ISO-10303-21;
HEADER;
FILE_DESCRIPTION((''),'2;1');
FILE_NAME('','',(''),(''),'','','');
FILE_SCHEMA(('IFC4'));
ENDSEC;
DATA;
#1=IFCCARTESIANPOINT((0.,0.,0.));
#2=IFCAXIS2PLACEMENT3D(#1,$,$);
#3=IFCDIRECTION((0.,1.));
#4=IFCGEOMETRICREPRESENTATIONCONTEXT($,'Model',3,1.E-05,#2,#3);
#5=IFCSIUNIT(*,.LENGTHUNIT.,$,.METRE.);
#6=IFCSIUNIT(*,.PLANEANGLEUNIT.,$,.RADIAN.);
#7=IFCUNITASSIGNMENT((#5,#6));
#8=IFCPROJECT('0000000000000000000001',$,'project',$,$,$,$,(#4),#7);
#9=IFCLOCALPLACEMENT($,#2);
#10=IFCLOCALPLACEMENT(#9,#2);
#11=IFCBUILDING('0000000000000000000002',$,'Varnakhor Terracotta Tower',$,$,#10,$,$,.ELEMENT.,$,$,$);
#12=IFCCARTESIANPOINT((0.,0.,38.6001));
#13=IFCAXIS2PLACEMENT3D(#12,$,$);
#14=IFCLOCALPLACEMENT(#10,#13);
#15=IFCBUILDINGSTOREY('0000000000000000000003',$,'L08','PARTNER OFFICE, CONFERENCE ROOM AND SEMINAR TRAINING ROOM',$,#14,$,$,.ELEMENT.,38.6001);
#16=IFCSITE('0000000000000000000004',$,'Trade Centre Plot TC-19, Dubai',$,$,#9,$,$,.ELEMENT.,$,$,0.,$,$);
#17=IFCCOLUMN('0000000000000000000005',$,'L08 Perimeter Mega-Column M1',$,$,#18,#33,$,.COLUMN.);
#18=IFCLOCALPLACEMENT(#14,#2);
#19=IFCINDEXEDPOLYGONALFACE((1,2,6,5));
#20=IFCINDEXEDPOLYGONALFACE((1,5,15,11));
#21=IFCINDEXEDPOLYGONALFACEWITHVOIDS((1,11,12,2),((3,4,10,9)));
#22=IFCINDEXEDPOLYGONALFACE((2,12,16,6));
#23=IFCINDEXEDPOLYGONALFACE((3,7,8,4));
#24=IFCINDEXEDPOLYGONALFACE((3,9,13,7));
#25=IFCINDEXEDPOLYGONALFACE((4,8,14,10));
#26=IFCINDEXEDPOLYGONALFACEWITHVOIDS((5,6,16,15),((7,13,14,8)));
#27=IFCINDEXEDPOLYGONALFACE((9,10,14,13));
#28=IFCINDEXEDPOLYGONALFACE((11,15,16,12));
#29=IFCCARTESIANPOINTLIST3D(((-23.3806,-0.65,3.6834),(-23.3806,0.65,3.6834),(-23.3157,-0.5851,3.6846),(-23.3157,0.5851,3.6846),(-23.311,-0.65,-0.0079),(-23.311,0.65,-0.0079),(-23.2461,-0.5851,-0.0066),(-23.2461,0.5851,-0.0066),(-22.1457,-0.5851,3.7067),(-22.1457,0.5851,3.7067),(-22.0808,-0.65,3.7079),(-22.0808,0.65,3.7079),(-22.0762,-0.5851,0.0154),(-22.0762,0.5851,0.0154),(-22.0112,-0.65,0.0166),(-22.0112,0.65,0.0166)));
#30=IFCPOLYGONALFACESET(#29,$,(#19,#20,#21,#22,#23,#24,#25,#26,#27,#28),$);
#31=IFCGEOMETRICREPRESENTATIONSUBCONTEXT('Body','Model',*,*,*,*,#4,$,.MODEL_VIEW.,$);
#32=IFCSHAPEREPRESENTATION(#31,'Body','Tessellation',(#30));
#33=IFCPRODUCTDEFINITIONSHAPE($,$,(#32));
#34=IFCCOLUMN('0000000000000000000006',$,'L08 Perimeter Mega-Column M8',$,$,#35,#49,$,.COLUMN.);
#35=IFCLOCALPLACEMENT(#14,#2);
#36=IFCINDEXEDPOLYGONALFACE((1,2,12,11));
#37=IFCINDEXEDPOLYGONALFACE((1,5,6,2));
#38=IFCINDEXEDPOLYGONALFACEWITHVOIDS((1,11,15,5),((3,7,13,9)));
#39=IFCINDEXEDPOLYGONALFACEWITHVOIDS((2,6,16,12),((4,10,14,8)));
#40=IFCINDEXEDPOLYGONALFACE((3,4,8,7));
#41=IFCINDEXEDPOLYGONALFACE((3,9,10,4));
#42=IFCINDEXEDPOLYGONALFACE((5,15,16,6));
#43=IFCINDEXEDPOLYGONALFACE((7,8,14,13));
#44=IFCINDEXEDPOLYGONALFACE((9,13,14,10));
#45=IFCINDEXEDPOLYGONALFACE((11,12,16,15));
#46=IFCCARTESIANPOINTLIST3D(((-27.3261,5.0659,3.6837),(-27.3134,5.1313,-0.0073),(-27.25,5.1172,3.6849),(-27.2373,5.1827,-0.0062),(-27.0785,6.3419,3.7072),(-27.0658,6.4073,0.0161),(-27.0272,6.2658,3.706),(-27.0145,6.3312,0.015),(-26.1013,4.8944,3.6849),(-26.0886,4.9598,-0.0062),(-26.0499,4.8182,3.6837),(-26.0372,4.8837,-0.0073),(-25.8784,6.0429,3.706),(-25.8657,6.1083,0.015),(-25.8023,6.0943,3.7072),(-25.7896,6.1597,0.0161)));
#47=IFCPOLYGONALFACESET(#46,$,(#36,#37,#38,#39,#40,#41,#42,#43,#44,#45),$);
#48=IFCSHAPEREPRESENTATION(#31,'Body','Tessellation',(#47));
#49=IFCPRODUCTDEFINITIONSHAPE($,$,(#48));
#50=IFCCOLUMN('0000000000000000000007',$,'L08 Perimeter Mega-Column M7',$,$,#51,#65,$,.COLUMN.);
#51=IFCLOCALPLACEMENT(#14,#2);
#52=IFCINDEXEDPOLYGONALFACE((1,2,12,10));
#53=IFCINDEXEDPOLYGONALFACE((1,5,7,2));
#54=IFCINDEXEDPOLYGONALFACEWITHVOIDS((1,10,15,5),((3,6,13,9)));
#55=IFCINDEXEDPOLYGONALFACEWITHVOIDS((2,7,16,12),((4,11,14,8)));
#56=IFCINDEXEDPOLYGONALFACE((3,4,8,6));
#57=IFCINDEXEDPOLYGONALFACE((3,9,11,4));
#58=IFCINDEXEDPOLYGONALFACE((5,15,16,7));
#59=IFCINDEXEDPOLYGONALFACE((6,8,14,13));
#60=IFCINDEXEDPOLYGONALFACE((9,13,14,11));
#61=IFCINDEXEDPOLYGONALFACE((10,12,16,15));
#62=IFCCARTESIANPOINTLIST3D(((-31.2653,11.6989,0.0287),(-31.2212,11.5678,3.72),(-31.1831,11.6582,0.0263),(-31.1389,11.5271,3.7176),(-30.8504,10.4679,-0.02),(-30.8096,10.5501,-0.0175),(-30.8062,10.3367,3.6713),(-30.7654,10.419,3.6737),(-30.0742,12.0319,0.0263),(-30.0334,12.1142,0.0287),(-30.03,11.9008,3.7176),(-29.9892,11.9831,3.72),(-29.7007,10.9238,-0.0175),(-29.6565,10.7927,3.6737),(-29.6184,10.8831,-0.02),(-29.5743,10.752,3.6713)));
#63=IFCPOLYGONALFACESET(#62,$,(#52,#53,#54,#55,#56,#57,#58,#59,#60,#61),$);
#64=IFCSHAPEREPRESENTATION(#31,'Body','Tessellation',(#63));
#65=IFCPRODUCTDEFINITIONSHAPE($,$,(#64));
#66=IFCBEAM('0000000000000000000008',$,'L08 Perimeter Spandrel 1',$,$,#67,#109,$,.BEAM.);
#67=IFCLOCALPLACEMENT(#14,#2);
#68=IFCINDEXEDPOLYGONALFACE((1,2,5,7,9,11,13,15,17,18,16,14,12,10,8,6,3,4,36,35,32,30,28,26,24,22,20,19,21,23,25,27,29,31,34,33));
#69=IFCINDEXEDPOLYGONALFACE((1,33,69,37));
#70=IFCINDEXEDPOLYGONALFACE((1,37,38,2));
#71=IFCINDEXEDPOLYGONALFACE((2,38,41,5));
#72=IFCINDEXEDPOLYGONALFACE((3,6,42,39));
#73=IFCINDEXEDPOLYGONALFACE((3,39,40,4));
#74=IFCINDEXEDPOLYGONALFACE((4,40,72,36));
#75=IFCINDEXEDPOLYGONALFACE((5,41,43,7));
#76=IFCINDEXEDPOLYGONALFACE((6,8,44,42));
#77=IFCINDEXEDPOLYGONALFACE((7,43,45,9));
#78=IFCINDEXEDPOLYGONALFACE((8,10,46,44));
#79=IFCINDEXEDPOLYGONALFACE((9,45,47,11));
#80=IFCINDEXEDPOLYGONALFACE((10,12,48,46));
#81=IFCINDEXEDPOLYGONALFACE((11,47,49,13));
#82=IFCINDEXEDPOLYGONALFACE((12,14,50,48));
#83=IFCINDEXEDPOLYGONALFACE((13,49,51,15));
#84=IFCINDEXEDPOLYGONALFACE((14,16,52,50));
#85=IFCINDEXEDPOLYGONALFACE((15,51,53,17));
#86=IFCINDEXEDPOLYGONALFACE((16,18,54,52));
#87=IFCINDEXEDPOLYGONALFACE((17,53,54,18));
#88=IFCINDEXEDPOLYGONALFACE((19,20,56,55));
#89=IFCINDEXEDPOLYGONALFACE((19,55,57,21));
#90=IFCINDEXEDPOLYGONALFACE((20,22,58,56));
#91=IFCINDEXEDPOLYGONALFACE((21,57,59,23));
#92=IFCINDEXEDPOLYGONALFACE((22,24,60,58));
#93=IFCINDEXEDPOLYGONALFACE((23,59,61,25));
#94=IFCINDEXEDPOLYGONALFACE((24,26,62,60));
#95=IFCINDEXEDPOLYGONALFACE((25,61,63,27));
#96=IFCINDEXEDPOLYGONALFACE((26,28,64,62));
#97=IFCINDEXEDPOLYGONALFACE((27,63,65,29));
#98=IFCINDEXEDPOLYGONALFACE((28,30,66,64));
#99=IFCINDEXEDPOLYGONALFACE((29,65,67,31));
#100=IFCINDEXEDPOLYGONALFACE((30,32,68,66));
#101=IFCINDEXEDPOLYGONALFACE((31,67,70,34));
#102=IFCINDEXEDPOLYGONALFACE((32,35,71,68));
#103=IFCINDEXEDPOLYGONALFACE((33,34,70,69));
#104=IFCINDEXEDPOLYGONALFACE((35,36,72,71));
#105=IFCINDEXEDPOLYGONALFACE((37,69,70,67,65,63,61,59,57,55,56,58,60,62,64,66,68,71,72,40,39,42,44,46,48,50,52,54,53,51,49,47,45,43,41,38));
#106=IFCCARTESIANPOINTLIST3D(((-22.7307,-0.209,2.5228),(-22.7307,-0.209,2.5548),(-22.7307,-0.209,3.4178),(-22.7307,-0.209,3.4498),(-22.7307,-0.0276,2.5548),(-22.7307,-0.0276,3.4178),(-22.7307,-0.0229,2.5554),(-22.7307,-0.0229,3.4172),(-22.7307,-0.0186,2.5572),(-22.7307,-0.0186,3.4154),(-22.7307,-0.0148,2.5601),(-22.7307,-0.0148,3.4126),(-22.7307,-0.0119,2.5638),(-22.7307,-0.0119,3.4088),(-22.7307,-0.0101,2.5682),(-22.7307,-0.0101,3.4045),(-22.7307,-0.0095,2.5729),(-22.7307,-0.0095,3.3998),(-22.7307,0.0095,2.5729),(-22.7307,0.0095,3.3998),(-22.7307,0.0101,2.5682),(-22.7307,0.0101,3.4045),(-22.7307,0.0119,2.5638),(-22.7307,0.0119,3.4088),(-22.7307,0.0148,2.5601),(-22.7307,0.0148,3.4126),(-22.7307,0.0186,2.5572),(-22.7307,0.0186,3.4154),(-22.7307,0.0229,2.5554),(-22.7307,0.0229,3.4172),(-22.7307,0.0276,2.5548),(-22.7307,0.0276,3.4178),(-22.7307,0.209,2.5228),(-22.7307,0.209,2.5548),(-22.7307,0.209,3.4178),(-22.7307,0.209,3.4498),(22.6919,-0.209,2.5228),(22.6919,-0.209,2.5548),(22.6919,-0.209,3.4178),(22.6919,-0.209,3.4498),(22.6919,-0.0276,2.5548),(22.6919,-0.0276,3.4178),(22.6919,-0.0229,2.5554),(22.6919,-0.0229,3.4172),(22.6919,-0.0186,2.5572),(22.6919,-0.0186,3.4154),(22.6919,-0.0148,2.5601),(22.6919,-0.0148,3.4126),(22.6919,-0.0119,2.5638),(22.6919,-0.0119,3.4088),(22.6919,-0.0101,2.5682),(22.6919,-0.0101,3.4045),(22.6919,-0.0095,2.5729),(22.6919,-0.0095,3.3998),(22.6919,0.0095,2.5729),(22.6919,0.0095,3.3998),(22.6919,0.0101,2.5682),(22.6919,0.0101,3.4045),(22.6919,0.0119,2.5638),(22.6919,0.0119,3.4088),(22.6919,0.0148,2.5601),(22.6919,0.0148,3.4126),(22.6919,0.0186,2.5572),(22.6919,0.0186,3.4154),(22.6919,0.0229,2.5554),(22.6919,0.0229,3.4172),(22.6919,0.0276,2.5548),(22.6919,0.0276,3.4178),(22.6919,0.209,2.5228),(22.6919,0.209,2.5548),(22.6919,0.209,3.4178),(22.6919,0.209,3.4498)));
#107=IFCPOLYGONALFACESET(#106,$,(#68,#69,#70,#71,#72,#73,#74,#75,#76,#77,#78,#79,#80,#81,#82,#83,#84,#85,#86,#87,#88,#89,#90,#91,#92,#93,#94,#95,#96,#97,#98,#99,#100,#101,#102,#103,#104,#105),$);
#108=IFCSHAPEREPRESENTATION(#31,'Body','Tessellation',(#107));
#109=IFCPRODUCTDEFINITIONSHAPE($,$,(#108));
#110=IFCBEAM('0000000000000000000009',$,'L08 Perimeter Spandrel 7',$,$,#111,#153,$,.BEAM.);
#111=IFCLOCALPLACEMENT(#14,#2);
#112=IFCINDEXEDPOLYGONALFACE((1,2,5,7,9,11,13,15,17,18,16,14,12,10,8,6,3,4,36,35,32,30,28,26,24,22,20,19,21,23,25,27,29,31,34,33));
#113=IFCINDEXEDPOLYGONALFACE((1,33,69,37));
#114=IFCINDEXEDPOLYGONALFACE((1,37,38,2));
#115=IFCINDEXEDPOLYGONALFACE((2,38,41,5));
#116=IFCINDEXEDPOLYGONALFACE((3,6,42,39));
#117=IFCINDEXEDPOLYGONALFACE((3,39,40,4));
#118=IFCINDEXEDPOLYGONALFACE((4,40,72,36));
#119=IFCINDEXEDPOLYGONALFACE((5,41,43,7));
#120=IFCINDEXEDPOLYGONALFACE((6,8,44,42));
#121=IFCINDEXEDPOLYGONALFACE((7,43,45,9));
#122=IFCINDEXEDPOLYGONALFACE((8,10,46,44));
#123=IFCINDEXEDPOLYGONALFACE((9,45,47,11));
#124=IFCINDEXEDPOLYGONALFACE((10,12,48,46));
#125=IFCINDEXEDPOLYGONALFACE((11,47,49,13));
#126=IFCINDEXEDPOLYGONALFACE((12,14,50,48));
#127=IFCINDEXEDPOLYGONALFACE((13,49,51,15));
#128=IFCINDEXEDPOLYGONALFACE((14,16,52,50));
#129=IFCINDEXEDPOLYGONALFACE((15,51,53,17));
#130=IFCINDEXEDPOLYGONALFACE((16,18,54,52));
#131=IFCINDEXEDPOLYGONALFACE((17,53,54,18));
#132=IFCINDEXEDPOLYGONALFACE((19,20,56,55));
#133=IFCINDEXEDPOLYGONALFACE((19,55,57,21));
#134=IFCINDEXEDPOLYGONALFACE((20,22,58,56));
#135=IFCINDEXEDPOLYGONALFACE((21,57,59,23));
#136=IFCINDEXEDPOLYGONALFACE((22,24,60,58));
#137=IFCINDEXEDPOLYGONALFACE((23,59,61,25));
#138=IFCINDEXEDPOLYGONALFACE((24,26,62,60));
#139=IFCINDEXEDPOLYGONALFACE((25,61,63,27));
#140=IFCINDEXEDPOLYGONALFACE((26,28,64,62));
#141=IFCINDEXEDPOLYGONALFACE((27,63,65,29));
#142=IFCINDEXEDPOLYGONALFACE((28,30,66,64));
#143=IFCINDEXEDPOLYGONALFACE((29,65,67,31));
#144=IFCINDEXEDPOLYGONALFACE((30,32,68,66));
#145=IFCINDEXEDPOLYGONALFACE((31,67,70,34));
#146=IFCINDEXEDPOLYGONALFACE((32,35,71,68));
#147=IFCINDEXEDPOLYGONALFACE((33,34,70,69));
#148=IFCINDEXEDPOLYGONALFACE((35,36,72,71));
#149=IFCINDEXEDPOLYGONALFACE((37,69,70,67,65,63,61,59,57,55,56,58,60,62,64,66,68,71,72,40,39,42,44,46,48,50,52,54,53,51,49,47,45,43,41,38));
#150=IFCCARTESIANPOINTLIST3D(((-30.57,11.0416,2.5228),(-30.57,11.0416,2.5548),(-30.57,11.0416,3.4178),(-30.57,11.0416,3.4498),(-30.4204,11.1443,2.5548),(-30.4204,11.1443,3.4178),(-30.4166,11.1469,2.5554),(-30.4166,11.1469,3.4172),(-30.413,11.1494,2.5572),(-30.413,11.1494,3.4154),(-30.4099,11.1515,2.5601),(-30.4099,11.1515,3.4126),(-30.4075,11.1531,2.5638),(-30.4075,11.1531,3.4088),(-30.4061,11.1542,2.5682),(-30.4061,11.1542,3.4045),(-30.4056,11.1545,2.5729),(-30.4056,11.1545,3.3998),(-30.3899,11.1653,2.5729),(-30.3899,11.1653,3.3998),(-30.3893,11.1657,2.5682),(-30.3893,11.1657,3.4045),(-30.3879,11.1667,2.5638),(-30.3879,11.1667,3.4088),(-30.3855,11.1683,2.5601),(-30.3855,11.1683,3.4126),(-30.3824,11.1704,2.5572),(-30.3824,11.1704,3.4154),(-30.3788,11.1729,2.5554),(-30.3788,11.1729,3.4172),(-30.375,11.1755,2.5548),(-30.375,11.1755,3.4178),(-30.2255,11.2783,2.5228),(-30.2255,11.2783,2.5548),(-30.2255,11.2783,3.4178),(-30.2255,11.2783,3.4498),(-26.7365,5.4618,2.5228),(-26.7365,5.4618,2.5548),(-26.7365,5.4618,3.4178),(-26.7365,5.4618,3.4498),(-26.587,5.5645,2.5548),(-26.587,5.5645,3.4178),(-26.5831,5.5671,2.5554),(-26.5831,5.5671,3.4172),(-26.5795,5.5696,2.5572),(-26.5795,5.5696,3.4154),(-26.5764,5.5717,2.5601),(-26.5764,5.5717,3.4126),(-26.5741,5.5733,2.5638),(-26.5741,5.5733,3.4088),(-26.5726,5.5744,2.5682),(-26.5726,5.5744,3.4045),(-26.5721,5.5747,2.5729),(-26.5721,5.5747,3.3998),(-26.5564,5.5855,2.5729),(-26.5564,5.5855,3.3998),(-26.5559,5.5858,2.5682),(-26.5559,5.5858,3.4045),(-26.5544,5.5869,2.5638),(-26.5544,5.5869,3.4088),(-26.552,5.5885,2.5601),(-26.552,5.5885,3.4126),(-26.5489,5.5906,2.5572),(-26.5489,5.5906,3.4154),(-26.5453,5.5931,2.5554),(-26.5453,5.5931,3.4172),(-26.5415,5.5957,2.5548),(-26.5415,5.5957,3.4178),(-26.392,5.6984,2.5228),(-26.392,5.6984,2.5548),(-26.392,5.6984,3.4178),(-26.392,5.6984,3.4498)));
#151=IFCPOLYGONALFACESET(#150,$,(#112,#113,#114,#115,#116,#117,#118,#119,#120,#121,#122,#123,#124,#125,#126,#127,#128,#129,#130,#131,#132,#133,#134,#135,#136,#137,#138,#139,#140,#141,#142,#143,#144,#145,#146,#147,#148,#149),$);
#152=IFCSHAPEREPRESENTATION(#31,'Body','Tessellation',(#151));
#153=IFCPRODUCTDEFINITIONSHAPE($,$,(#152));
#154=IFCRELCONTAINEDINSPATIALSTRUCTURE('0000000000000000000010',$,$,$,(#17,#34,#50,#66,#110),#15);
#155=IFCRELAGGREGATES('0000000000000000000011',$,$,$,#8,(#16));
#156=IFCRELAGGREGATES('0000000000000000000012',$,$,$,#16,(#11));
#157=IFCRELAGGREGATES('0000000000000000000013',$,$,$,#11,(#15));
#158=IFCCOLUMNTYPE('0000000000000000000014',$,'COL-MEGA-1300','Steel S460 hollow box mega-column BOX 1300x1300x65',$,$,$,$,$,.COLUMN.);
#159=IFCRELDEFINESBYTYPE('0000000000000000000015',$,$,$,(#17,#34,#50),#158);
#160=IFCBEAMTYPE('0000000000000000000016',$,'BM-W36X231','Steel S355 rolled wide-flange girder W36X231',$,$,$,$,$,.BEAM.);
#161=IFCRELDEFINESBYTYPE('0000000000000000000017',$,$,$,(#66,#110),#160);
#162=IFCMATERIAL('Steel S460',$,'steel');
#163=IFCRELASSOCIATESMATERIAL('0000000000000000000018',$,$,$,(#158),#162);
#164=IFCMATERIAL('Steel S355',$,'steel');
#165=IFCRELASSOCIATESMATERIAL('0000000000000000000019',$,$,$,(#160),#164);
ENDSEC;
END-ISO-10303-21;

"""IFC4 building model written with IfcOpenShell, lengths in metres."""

from ifc_helpers import new_model, si_unit, direction, frame, origin, origin_2d, place, context, subcontext, project, spatial, hollow_rectangle, i_section, extrude, source, transform, mapped, material, material_profile, profile_set, type_object, type_shapes, element, save


model = new_model("IFC4")

# Units and contexts
model_context = context("Model", 3, precision=1e-05, world=origin(), true_north=direction((0.0, 1.0)))
body_context = subcontext(model_context, "Body", "Model", "MODEL_VIEW")
ifc_project = project(units=[si_unit("LENGTHUNIT", "METRE"), si_unit("PLANEANGLEUNIT", "RADIAN")], contexts=[model_context])

# Site, building, storey
site_placement = place(None, origin())
site = spatial("IfcSite", under=ifc_project, at=site_placement, Name="Trade Centre Plot TC-19, Dubai", CompositionType="ELEMENT", RefElevation=0.0)
building_placement = place(site_placement, origin())
building = spatial("IfcBuilding", under=site, at=building_placement, Name="Varnakhor Terracotta Tower", CompositionType="ELEMENT")
storey_placement = place(building_placement, frame((0.0, 0.0, 38.6001)))
storey = spatial("IfcBuildingStorey", under=building, at=storey_placement, Name="L08", Description="PARTNER OFFICE, CONFERENCE ROOM AND SEMINAR TRAINING ROOM", CompositionType="ELEMENT", Elevation=38.6001)

# Columns
ifc_material_1 = material(Name="Steel S460", Category="steel")
ifc_material_profile_1 = material_profile(ifc_material_1, hollow_rectangle(XDim=1.3, YDim=1.3, WallThickness=0.0649, at=origin_2d()), Name="BOX 1300x1300x65")
ifc_profile_set_1 = profile_set([ifc_material_profile_1], Name="Steel S460")
column_type = type_object("IfcColumnType", Name="COL-MEGA-1300", Description="Steel S460 hollow box mega-column BOX 1300x1300x65", PredefinedType="COLUMN", material=ifc_profile_set_1)
shared_shape_1 = source(origin(), body_context, "Body", "SweptSolid", [
    extrude(hollow_rectangle(XDim=1.3, YDim=1.3, WallThickness=0.0649, at=origin_2d()), origin(), (0.0, 0.0, 1.0), 3.6919),
])
type_shapes(column_type, [shared_shape_1])
column_1_placement = place(storey_placement, frame((-22.6611, 0.0, 0.0044), z_axis=(-0.018847, 0.0, 0.999822), x_axis=(0.0, -1.0, 0.0)))
element("IfcColumn", 1, at=column_1_placement, inside=storey, type_object=column_type, Name="L08 Perimeter Mega-Column M1", PredefinedType="COLUMN", context=body_context, shape_type="MappedRepresentation", body=[
    mapped(shared_shape_1, transform((0.0, 0.0, 0.0), scale=1.0)),
])
shared_shape_2 = source(origin(), body_context, "Body", "SweptSolid", [
    extrude(hollow_rectangle(XDim=1.3, YDim=1.3, WallThickness=0.0649, at=origin_2d()), origin(), (0.0, 0.0, 1.0), 3.6917),
])
column_2_placement = place(storey_placement, frame((-26.5515, 5.6455, 0.0044), z_axis=(-0.003439, -0.017723, 0.999837), x_axis=(0.981692, -0.190477, 0.0)))
element("IfcColumn", 2, at=column_2_placement, inside=storey, type_object=column_type, Name="L08 Perimeter Mega-Column M8", PredefinedType="COLUMN", context=body_context, shape_type="MappedRepresentation", body=[
    mapped(shared_shape_2, transform((0.0, 0.0, 0.0), scale=1.0)),
])
shared_shape_3 = source(origin(), body_context, "Body", "SweptSolid", [
    extrude(hollow_rectangle(XDim=1.3, YDim=1.3, WallThickness=0.0649, at=origin_2d()), origin(), (0.0, 0.0, 1.0), 3.6938),
])
column_3_placement = place(storey_placement, frame((-30.4419, 11.291, 0.0044), z_axis=(0.011963, -0.035493, 0.999298), x_axis=(0.947619, 0.319402, 0.0)))
element("IfcColumn", 3, at=column_3_placement, inside=storey, type_object=column_type, Name="L08 Perimeter Mega-Column M7", PredefinedType="COLUMN", context=body_context, shape_type="MappedRepresentation", body=[
    mapped(shared_shape_3, transform((0.0, 0.0, 0.0), scale=1.0)),
])

# Beams
ifc_material_2 = material(Name="Steel S355", Category="steel")
ifc_material_profile_2 = material_profile(ifc_material_2, i_section(OverallWidth=0.418, OverallDepth=0.927, WebThickness=0.019, FlangeThickness=0.032, FilletRadius=0.0181, at=origin_2d()), Name="W36X231")
ifc_profile_set_2 = profile_set([ifc_material_profile_2], Name="Steel S355")
beam_type_1 = type_object("IfcBeamType", Name="BM-W36X231", Description="Steel S355 rolled wide-flange girder W36X231", PredefinedType="BEAM", material=ifc_profile_set_2)
shared_shape_4 = source(origin(), body_context, "Body", "SweptSolid", [
    extrude(i_section(OverallWidth=0.418, OverallDepth=0.927, WebThickness=0.019, FlangeThickness=0.032, FilletRadius=0.0181, at=origin_2d()), origin(), (0.0, 0.0, 1.0), 45.4226),
])
beam_1_placement = place(storey_placement, frame((-22.7307, 0.0, 2.9863), z_axis=(1.0, 0.0, 0.0), x_axis=(0.0, 1.0, 0.0)))
element("IfcBeam", 4, at=beam_1_placement, inside=storey, type_object=beam_type_1, Name="L08 Perimeter Spandrel 1", PredefinedType="BEAM", context=body_context, shape_type="MappedRepresentation", body=[
    mapped(shared_shape_4, transform((0.0, 0.0, 0.0), scale=1.0)),
])
shared_shape_5 = source(origin(), body_context, "Body", "SweptSolid", [
    extrude(i_section(OverallWidth=0.418, OverallDepth=0.927, WebThickness=0.019, FlangeThickness=0.032, FilletRadius=0.0181, at=origin_2d()), origin(), (0.0, 0.0, 1.0), 6.7698),
])
beam_2_placement = place(storey_placement, frame((-30.3977, 11.1599, 2.9863), z_axis=(0.566264, -0.824224, 0.0), x_axis=(0.824224, 0.566264, 0.0)))
element("IfcBeam", 5, at=beam_2_placement, inside=storey, type_object=beam_type_1, Name="L08 Perimeter Spandrel 7", PredefinedType="BEAM", context=body_context, shape_type="MappedRepresentation", body=[
    mapped(shared_shape_5, transform((0.0, 0.0, 0.0), scale=1.0)),
])

save(model, "model.ifc")
